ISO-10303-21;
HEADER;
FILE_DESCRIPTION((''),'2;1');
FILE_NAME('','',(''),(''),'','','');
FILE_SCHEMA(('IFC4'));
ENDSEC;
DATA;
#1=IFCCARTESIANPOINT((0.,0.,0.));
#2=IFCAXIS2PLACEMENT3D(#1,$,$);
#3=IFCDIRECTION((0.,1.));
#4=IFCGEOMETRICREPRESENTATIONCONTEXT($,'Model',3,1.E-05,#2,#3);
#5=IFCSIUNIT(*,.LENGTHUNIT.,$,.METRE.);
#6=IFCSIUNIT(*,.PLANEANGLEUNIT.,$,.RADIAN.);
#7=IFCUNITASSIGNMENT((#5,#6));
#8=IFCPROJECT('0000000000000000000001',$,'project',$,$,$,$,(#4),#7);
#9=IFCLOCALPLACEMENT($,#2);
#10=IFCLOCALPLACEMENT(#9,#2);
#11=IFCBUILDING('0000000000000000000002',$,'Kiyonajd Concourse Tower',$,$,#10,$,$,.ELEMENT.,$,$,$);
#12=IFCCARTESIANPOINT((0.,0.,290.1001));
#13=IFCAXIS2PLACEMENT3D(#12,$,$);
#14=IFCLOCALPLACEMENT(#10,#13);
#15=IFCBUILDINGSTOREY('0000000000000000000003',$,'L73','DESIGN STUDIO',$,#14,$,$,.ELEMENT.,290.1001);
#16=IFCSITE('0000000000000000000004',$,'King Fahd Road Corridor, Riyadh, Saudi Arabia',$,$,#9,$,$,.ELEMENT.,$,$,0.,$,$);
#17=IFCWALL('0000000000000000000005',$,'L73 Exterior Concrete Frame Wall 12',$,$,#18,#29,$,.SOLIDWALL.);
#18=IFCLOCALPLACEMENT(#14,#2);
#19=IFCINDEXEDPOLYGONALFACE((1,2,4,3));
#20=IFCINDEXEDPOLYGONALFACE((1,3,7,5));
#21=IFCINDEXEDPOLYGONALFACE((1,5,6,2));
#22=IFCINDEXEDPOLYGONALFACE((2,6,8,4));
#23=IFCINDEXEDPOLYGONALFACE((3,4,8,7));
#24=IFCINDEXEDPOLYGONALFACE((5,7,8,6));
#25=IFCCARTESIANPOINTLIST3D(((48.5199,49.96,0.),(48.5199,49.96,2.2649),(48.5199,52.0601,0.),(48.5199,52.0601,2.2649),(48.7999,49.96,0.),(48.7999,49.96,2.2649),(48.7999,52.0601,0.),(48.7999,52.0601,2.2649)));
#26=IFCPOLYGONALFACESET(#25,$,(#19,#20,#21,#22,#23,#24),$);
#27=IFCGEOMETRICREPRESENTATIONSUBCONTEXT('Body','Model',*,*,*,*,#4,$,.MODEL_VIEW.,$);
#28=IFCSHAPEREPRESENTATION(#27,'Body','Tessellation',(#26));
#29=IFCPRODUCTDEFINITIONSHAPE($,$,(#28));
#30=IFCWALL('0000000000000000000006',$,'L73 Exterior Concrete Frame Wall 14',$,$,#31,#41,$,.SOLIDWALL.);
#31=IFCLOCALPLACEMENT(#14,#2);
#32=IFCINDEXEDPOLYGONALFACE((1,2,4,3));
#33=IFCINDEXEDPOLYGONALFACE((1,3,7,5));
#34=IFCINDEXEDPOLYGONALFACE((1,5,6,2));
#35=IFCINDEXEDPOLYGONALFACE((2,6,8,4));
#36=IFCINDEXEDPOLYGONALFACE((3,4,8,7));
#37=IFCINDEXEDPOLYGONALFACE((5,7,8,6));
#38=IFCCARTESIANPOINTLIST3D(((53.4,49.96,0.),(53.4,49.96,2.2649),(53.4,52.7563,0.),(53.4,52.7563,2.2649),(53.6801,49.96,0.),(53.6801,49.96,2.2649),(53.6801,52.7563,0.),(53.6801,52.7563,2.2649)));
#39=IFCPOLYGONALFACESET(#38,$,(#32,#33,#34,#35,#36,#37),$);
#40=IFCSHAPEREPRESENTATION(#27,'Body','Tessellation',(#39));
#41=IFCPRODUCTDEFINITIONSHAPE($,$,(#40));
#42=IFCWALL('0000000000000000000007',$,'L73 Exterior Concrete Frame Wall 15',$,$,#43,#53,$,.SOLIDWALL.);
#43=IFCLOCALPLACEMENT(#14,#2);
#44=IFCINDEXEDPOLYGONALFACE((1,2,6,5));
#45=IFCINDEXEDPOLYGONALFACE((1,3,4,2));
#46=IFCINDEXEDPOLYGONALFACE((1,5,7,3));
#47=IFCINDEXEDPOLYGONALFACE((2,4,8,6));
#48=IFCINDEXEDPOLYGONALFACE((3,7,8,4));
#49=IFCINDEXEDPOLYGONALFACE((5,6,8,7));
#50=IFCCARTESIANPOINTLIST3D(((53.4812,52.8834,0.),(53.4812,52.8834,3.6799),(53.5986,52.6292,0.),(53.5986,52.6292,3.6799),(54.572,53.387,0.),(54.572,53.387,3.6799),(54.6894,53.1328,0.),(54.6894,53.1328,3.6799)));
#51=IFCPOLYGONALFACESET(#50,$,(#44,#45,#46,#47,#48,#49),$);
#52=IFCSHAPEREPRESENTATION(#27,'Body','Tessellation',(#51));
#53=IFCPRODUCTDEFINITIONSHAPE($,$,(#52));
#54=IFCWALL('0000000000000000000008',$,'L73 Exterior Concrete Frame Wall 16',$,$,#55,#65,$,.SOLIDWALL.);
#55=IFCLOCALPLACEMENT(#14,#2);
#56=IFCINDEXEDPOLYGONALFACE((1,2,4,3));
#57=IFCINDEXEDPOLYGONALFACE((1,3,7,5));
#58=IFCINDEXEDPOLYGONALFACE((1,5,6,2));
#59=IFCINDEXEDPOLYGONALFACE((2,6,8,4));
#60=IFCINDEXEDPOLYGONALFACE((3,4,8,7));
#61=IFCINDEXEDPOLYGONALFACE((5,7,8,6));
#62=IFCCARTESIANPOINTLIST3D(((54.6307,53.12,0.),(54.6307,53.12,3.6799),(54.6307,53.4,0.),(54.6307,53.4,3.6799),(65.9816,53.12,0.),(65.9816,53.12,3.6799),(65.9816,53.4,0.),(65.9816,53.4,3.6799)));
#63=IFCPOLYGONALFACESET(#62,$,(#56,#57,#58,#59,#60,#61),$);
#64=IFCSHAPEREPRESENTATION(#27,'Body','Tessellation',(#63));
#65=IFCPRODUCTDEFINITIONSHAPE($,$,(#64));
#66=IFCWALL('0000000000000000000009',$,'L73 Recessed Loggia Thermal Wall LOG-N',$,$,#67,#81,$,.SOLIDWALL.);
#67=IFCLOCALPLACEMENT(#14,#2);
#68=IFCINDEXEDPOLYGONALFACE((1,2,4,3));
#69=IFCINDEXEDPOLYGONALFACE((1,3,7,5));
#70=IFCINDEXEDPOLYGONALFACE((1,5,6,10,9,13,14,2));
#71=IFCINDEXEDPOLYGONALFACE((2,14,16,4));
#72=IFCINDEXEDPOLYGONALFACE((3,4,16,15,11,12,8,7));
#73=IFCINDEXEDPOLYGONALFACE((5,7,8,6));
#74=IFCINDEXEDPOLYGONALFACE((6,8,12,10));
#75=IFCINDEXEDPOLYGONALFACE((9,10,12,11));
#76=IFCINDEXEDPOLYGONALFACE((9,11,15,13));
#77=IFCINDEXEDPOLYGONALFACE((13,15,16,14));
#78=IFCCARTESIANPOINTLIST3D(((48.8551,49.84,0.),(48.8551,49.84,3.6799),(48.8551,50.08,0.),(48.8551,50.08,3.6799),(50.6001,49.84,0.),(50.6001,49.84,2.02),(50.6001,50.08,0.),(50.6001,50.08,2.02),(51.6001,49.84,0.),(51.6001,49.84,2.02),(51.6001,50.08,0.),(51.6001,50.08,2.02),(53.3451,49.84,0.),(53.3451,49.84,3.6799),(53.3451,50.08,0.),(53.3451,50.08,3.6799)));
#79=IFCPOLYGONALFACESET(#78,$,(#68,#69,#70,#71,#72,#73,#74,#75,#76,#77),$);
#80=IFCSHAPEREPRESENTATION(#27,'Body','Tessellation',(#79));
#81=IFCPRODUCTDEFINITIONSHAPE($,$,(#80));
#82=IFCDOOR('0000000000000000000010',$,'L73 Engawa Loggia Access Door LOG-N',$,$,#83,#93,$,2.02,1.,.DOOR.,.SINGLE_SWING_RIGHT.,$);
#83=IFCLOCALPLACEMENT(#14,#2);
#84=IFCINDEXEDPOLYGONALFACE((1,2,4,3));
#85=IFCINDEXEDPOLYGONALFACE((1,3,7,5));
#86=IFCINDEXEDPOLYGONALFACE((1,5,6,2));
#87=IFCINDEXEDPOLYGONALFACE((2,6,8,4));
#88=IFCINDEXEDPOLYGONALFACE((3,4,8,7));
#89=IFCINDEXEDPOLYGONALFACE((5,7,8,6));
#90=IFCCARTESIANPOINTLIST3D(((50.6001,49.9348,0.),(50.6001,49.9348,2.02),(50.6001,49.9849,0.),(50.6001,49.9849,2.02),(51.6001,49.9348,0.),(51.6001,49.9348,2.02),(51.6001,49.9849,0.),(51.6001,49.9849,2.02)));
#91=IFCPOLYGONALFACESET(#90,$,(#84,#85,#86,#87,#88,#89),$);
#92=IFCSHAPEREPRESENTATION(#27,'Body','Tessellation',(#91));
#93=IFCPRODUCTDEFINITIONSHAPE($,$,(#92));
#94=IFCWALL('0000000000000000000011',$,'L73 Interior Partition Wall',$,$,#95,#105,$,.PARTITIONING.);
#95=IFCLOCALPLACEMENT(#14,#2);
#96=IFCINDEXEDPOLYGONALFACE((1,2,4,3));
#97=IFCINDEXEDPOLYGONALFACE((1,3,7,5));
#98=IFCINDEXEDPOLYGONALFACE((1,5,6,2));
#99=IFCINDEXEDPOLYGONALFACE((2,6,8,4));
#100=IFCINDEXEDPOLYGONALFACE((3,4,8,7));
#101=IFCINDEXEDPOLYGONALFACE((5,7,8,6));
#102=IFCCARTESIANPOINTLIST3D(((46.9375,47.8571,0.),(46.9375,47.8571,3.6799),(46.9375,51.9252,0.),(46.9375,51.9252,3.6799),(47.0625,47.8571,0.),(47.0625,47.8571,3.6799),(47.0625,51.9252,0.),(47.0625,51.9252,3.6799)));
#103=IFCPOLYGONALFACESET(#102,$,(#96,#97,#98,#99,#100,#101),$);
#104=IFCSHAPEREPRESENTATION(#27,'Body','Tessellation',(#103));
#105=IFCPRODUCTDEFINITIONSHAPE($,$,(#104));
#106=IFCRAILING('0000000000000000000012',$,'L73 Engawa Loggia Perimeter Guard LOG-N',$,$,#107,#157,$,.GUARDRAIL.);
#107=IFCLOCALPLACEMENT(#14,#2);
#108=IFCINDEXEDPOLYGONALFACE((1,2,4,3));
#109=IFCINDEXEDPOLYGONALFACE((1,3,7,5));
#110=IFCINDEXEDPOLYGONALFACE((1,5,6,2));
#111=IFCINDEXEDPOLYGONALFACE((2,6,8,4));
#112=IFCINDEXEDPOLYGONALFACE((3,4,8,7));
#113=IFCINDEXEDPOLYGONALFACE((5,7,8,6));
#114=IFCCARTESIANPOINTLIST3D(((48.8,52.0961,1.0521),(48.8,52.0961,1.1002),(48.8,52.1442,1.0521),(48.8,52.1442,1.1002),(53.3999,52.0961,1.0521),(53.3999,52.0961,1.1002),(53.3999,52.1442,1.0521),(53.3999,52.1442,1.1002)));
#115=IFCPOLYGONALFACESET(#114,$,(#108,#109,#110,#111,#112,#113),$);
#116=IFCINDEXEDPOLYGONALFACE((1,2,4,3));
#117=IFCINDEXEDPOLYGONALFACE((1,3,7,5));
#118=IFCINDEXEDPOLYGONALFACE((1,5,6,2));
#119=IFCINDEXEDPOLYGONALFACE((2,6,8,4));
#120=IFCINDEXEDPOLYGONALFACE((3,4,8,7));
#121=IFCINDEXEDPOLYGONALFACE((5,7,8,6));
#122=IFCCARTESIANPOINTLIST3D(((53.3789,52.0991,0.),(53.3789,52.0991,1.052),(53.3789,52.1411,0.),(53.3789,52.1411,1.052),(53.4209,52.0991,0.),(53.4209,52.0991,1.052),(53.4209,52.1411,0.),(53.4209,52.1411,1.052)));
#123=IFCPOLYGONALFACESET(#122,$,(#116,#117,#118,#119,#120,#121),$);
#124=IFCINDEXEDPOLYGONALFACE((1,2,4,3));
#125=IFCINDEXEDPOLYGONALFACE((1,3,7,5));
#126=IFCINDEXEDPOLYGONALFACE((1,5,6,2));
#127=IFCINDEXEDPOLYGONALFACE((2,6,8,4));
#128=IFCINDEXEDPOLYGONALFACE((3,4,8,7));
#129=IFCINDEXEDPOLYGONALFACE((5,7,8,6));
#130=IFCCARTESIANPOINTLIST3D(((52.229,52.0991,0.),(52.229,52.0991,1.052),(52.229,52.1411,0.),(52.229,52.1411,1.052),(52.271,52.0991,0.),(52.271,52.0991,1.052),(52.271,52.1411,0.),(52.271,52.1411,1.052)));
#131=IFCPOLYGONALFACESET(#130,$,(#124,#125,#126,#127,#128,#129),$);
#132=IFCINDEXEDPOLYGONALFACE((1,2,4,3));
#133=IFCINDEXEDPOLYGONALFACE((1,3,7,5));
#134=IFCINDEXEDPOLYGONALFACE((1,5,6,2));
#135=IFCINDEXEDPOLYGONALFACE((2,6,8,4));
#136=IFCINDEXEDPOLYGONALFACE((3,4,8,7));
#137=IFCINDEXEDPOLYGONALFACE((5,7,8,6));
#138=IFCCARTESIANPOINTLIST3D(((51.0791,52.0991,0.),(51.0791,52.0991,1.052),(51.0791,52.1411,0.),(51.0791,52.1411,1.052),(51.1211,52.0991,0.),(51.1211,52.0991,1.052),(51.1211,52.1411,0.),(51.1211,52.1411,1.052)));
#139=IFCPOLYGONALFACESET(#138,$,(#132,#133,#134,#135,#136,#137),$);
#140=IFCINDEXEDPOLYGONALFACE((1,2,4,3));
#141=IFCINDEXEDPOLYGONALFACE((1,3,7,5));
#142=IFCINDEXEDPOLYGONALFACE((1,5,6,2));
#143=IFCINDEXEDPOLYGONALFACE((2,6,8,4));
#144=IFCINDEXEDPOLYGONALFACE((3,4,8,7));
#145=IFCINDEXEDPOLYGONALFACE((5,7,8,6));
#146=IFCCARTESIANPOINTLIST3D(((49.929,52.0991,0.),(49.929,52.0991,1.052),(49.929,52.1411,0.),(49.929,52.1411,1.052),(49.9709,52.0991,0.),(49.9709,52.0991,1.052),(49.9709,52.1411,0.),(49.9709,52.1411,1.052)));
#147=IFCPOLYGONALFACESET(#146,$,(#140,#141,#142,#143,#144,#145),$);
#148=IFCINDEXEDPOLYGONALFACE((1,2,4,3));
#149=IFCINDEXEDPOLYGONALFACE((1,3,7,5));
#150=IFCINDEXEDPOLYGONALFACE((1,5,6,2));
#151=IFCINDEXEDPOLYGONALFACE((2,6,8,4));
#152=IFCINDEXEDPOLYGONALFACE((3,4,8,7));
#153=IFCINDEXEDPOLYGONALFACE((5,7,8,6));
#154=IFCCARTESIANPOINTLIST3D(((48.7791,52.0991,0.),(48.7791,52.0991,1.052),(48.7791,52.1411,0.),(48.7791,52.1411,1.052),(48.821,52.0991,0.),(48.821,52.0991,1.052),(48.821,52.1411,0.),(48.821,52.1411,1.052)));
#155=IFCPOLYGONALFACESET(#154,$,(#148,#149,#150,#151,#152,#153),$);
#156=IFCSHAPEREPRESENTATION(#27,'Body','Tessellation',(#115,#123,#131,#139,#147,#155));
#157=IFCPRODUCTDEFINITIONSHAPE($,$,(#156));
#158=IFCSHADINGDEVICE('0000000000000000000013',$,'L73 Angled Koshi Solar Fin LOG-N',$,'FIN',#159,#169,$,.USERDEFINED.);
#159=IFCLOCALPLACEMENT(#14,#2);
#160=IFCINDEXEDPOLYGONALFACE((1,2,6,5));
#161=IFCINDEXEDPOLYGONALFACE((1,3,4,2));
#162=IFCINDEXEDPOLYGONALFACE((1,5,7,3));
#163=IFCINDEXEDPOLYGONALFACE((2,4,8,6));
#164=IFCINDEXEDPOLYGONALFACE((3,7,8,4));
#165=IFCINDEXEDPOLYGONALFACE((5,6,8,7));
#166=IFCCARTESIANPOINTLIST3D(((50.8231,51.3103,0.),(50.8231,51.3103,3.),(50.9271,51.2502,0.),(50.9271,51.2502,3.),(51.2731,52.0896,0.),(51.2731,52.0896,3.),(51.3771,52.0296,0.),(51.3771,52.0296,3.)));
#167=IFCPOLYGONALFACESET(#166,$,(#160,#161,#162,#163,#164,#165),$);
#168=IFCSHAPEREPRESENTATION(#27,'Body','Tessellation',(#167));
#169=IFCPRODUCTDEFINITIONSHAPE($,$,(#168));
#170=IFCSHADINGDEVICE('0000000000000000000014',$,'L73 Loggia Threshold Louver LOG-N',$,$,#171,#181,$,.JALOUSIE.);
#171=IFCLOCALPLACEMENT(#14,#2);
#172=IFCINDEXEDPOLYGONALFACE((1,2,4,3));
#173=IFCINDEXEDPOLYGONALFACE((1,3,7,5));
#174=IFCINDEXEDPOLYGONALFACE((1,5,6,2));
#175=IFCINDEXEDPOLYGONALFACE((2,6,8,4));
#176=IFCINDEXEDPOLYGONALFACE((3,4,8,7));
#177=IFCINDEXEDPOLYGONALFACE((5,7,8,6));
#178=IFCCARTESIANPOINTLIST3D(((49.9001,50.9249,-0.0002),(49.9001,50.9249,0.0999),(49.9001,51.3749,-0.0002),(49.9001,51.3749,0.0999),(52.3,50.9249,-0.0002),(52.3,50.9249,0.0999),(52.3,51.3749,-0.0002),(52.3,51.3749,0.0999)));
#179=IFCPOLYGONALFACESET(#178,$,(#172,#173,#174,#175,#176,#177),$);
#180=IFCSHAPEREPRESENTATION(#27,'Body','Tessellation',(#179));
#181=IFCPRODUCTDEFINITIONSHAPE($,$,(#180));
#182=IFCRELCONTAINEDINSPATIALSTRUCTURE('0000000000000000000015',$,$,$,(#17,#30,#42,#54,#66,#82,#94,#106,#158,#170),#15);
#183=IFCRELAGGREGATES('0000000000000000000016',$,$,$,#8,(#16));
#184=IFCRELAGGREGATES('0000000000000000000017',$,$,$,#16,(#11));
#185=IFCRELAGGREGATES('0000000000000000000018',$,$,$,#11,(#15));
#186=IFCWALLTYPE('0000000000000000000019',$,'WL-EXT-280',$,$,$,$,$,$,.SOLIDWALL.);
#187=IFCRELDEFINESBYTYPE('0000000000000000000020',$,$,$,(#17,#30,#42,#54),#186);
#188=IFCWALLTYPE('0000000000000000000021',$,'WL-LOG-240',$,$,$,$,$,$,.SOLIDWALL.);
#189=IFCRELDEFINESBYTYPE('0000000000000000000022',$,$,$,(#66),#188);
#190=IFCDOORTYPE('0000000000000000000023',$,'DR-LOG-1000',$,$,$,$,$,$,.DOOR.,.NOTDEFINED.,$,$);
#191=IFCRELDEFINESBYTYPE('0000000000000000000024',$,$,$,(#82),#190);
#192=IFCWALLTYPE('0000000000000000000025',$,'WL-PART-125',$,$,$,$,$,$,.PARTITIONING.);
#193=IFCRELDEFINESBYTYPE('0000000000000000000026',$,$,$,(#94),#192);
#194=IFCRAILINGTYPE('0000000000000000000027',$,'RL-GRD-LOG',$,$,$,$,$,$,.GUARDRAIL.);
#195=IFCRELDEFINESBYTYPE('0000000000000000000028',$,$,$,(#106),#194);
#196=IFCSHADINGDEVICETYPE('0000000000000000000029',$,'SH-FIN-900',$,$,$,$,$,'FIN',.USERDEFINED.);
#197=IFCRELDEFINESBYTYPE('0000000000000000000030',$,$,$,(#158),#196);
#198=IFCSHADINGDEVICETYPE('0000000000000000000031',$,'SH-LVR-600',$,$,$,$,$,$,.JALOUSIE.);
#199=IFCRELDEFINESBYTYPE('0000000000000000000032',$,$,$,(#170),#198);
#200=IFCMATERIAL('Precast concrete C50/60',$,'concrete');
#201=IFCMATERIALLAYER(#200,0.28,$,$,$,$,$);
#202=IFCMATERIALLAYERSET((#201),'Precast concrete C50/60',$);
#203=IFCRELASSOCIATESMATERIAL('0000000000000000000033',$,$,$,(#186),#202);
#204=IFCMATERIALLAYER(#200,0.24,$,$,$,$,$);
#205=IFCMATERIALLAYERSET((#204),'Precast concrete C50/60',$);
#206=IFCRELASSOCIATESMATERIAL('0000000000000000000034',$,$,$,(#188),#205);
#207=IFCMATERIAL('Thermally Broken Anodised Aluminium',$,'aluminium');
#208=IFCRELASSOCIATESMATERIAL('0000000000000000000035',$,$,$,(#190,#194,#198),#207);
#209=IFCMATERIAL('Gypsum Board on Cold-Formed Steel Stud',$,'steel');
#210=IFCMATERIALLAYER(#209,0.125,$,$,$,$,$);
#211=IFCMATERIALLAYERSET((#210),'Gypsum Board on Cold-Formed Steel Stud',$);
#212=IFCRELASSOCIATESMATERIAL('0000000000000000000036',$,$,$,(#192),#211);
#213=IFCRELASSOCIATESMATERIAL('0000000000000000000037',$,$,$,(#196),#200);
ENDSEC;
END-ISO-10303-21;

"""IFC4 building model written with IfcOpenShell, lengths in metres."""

from ifc_helpers import new_model, si_unit, direction, frame, frame_2d, origin, origin_2d, place, context, subcontext, project, spatial, rectangle, extrude, material, layer, layer_set, type_object, element, fill, save


model = new_model("IFC4")

# Units and contexts
model_context = context("Model", 3, precision=1e-05, world=origin(), true_north=direction((0.0, 1.0)))
body_context = subcontext(model_context, "Body", "Model", "MODEL_VIEW")
ifc_project = project(units=[si_unit("LENGTHUNIT", "METRE"), si_unit("PLANEANGLEUNIT", "RADIAN")], contexts=[model_context])

# Site, building, storey
site_placement = place(None, origin())
site = spatial("IfcSite", under=ifc_project, at=site_placement, Name="King Fahd Road Corridor, Riyadh, Saudi Arabia", CompositionType="ELEMENT", RefElevation=0.0)
building_placement = place(site_placement, origin())
building = spatial("IfcBuilding", under=site, at=building_placement, Name="Kiyonajd Concourse Tower", CompositionType="ELEMENT")
storey_placement = place(building_placement, frame((0.0, 0.0, 290.1001)))
storey = spatial("IfcBuildingStorey", under=building, at=storey_placement, Name="L73", Description="DESIGN STUDIO", CompositionType="ELEMENT", Elevation=290.1001)

# Shared definitions
ifc_material_1 = material(Name="Thermally Broken Anodised Aluminium", Category="aluminium")

# Walls
ifc_material_2 = material(Name="Precast concrete C50/60", Category="concrete")
ifc_layer_1 = layer(ifc_material_2, 0.28)
ifc_layer_set_1 = layer_set([ifc_layer_1], Name="Precast concrete C50/60")
wall_type_1 = type_object("IfcWallType", Name="WL-EXT-280", PredefinedType="SOLIDWALL", material=ifc_layer_set_1)
wall_1_placement = place(storey_placement, frame((48.6599, 52.0601, 0.0), z_axis=(0.0, 0.0, 1.0), x_axis=(0.0, -1.0, 0.0)))
element("IfcWall", 1, at=wall_1_placement, inside=storey, type_object=wall_type_1, Name="L73 Exterior Concrete Frame Wall 12", PredefinedType="SOLIDWALL", context=body_context, shape_type="SweptSolid", body=[
    extrude(rectangle(XDim=2.1001, YDim=0.28, at=frame_2d((1.05, 0.0))), origin(), (0.0, 0.0, 1.0), 2.2649),
])
wall_2_placement = place(storey_placement, frame((53.54, 49.96, 0.0), z_axis=(0.0, 0.0, 1.0), x_axis=(0.0, 1.0, 0.0)))
element("IfcWall", 2, at=wall_2_placement, inside=storey, type_object=wall_type_1, Name="L73 Exterior Concrete Frame Wall 14", PredefinedType="SOLIDWALL", context=body_context, shape_type="SweptSolid", body=[
    extrude(rectangle(XDim=2.7964, YDim=0.28, at=frame_2d((1.3982, 0.0))), origin(), (0.0, 0.0, 1.0), 2.2649),
])
wall_3_placement = place(storey_placement, frame((53.54, 52.7563, 0.0), z_axis=(0.0, 0.0, 1.0), x_axis=(0.907894, 0.4192, 0.0)))
element("IfcWall", 3, at=wall_3_placement, inside=storey, type_object=wall_type_1, Name="L73 Exterior Concrete Frame Wall 15", PredefinedType="SOLIDWALL", context=body_context, shape_type="SweptSolid", body=[
    extrude(rectangle(XDim=1.2014, YDim=0.28, at=frame_2d((0.6006, 0.0))), origin(), (0.0, 0.0, 1.0), 3.6799),
])
wall_4_placement = place(storey_placement, frame((54.6309, 53.26, 0.0), z_axis=(0.0, 0.0, 1.0), x_axis=(1.0, 0.0, 0.0)))
element("IfcWall", 4, at=wall_4_placement, inside=storey, type_object=wall_type_1, Name="L73 Exterior Concrete Frame Wall 16", PredefinedType="SOLIDWALL", context=body_context, shape_type="SweptSolid", body=[
    extrude(rectangle(XDim=11.3508, YDim=0.28, at=frame_2d((5.6753, 0.0))), origin(), (0.0, 0.0, 1.0), 3.6799),
])

# Wall, opening, door
ifc_layer_2 = layer(ifc_material_2, 0.24)
ifc_layer_set_2 = layer_set([ifc_layer_2], Name="Precast concrete C50/60")
wall_type_2 = type_object("IfcWallType", Name="WL-LOG-240", PredefinedType="SOLIDWALL", material=ifc_layer_set_2)
wall_5_placement = place(storey_placement, frame((48.855, 49.96, 0.0), z_axis=(0.0, 0.0, 1.0), x_axis=(1.0, 0.0, 0.0)))
wall_5 = element("IfcWall", 5, at=wall_5_placement, inside=storey, type_object=wall_type_2, Name="L73 Recessed Loggia Thermal Wall LOG-N", PredefinedType="SOLIDWALL", context=body_context, shape_type="SweptSolid", body=[
    extrude(rectangle(XDim=4.49, YDim=0.24, at=frame_2d((2.2451, 0.0))), origin(), (0.0, 0.0, 1.0), 3.6799),
])
opening_placement = place(wall_5_placement, frame((1.7451, 0.0, 0.0)))
opening = element("IfcOpeningElement", 6, at=opening_placement, cuts=wall_5, PredefinedType="OPENING", context=body_context, shape_type="SweptSolid", body=[
    extrude(rectangle(XDim=1.0, YDim=2.02, at=frame_2d((0.5, 1.01))), frame((0.0, 0.1299, 0.0), z_axis=(0.0, -1.0, 0.0), x_axis=(1.0, 0.0, 0.0)), (0.0, 0.0, 1.0), 0.26),
])
door_type = type_object("IfcDoorType", Name="DR-LOG-1000", OperationType="NOTDEFINED", PredefinedType="DOOR", material=ifc_material_1)
door_placement = place(opening_placement, origin())
door = element("IfcDoor", 7, at=door_placement, inside=storey, type_object=door_type, Name="L73 Engawa Loggia Access Door LOG-N", OperationType="SINGLE_SWING_RIGHT", OverallHeight=2.02, OverallWidth=1.0, PredefinedType="DOOR", context=body_context, shape_type="SweptSolid", body=[
    extrude(rectangle(XDim=1.0, YDim=2.02, at=frame_2d((0.5, 1.01))), frame((0.0, 0.0249, 0.0), z_axis=(0.0, -1.0, 0.0), x_axis=(1.0, 0.0, 0.0)), (0.0, 0.0, 1.0), 0.05),
])
fill(opening, door)

# Wall
ifc_material_3 = material(Name="Gypsum Board on Cold-Formed Steel Stud", Category="steel")
ifc_layer_3 = layer(ifc_material_3, 0.125)
ifc_layer_set_3 = layer_set([ifc_layer_3], Name="Gypsum Board on Cold-Formed Steel Stud")
wall_type_3 = type_object("IfcWallType", Name="WL-PART-125", PredefinedType="PARTITIONING", material=ifc_layer_set_3)
wall_6_placement = place(storey_placement, frame((47.0, 47.8569, 0.0), z_axis=(0.0, 0.0, 1.0), x_axis=(0.0, 1.0, 0.0)))
element("IfcWall", 8, at=wall_6_placement, inside=storey, type_object=wall_type_3, Name="L73 Interior Partition Wall", PredefinedType="PARTITIONING", context=body_context, shape_type="SweptSolid", body=[
    extrude(rectangle(XDim=4.0681, YDim=0.125, at=frame_2d((2.0342, 0.0))), origin(), (0.0, 0.0, 1.0), 3.6799),
])

# Railing
railing_type = type_object("IfcRailingType", Name="RL-GRD-LOG", PredefinedType="GUARDRAIL", material=ifc_material_1)
railing_placement = place(storey_placement, frame((53.3999, 52.1201, 0.0)))
element("IfcRailing", 9, at=railing_placement, inside=storey, type_object=railing_type, Name="L73 Engawa Loggia Perimeter Guard LOG-N", PredefinedType="GUARDRAIL", context=body_context, shape_type="SweptSolid", body=[
    extrude(rectangle(XDim=0.0481, YDim=0.0481, at=origin_2d()), frame((0.0, 0.0, 1.0762), z_axis=(-1.0, 0.0, 0.0), x_axis=(0.0, -1.0, 0.0)), (0.0, 0.0, 1.0), 4.5999),
    extrude(rectangle(XDim=0.042, YDim=0.042, at=origin_2d()), origin(), (0.0, 0.0, 1.0), 1.052),
    extrude(rectangle(XDim=0.042, YDim=0.042, at=origin_2d()), frame((-1.1499, 0.0, 0.0)), (0.0, 0.0, 1.0), 1.052),
    extrude(rectangle(XDim=0.042, YDim=0.042, at=origin_2d()), frame((-2.2998, 0.0, 0.0)), (0.0, 0.0, 1.0), 1.052),
    extrude(rectangle(XDim=0.042, YDim=0.042, at=origin_2d()), frame((-3.45, 0.0, 0.0)), (0.0, 0.0, 1.0), 1.052),
    extrude(rectangle(XDim=0.042, YDim=0.042, at=origin_2d()), frame((-4.5999, 0.0, 0.0)), (0.0, 0.0, 1.0), 1.052),
])

# Shading devices
shading_device_type_1 = type_object("IfcShadingDeviceType", Name="SH-FIN-900", ElementType="FIN", PredefinedType="USERDEFINED", material=ifc_material_2)
shading_device_1_placement = place(storey_placement, frame((51.1001, 51.6699, 0.0), z_axis=(0.0, 0.0, 1.0), x_axis=(0.5, 0.866025, 0.0)))
element("IfcShadingDevice", 10, at=shading_device_1_placement, inside=storey, type_object=shading_device_type_1, Name="L73 Angled Koshi Solar Fin LOG-N", ObjectType="FIN", PredefinedType="USERDEFINED", context=body_context, shape_type="SweptSolid", body=[
    extrude(rectangle(XDim=0.8999, YDim=0.1201, at=origin_2d()), origin(), (0.0, 0.0, 1.0), 3.0),
])
shading_device_type_2 = type_object("IfcShadingDeviceType", Name="SH-LVR-600", PredefinedType="JALOUSIE", material=ifc_material_1)
shading_device_2_placement = place(storey_placement, frame((51.1001, 51.1499, -0.0002), z_axis=(0.0, 0.0, 1.0), x_axis=(1.0, 0.0, 0.0)))
element("IfcShadingDevice", 11, at=shading_device_2_placement, inside=storey, type_object=shading_device_type_2, Name="L73 Loggia Threshold Louver LOG-N", PredefinedType="JALOUSIE", context=body_context, shape_type="SweptSolid", body=[
    extrude(rectangle(XDim=2.3999, YDim=0.45, at=origin_2d()), origin(), (0.0, 0.0, 1.0), 0.1001),
])

save(model, "model.ifc")
